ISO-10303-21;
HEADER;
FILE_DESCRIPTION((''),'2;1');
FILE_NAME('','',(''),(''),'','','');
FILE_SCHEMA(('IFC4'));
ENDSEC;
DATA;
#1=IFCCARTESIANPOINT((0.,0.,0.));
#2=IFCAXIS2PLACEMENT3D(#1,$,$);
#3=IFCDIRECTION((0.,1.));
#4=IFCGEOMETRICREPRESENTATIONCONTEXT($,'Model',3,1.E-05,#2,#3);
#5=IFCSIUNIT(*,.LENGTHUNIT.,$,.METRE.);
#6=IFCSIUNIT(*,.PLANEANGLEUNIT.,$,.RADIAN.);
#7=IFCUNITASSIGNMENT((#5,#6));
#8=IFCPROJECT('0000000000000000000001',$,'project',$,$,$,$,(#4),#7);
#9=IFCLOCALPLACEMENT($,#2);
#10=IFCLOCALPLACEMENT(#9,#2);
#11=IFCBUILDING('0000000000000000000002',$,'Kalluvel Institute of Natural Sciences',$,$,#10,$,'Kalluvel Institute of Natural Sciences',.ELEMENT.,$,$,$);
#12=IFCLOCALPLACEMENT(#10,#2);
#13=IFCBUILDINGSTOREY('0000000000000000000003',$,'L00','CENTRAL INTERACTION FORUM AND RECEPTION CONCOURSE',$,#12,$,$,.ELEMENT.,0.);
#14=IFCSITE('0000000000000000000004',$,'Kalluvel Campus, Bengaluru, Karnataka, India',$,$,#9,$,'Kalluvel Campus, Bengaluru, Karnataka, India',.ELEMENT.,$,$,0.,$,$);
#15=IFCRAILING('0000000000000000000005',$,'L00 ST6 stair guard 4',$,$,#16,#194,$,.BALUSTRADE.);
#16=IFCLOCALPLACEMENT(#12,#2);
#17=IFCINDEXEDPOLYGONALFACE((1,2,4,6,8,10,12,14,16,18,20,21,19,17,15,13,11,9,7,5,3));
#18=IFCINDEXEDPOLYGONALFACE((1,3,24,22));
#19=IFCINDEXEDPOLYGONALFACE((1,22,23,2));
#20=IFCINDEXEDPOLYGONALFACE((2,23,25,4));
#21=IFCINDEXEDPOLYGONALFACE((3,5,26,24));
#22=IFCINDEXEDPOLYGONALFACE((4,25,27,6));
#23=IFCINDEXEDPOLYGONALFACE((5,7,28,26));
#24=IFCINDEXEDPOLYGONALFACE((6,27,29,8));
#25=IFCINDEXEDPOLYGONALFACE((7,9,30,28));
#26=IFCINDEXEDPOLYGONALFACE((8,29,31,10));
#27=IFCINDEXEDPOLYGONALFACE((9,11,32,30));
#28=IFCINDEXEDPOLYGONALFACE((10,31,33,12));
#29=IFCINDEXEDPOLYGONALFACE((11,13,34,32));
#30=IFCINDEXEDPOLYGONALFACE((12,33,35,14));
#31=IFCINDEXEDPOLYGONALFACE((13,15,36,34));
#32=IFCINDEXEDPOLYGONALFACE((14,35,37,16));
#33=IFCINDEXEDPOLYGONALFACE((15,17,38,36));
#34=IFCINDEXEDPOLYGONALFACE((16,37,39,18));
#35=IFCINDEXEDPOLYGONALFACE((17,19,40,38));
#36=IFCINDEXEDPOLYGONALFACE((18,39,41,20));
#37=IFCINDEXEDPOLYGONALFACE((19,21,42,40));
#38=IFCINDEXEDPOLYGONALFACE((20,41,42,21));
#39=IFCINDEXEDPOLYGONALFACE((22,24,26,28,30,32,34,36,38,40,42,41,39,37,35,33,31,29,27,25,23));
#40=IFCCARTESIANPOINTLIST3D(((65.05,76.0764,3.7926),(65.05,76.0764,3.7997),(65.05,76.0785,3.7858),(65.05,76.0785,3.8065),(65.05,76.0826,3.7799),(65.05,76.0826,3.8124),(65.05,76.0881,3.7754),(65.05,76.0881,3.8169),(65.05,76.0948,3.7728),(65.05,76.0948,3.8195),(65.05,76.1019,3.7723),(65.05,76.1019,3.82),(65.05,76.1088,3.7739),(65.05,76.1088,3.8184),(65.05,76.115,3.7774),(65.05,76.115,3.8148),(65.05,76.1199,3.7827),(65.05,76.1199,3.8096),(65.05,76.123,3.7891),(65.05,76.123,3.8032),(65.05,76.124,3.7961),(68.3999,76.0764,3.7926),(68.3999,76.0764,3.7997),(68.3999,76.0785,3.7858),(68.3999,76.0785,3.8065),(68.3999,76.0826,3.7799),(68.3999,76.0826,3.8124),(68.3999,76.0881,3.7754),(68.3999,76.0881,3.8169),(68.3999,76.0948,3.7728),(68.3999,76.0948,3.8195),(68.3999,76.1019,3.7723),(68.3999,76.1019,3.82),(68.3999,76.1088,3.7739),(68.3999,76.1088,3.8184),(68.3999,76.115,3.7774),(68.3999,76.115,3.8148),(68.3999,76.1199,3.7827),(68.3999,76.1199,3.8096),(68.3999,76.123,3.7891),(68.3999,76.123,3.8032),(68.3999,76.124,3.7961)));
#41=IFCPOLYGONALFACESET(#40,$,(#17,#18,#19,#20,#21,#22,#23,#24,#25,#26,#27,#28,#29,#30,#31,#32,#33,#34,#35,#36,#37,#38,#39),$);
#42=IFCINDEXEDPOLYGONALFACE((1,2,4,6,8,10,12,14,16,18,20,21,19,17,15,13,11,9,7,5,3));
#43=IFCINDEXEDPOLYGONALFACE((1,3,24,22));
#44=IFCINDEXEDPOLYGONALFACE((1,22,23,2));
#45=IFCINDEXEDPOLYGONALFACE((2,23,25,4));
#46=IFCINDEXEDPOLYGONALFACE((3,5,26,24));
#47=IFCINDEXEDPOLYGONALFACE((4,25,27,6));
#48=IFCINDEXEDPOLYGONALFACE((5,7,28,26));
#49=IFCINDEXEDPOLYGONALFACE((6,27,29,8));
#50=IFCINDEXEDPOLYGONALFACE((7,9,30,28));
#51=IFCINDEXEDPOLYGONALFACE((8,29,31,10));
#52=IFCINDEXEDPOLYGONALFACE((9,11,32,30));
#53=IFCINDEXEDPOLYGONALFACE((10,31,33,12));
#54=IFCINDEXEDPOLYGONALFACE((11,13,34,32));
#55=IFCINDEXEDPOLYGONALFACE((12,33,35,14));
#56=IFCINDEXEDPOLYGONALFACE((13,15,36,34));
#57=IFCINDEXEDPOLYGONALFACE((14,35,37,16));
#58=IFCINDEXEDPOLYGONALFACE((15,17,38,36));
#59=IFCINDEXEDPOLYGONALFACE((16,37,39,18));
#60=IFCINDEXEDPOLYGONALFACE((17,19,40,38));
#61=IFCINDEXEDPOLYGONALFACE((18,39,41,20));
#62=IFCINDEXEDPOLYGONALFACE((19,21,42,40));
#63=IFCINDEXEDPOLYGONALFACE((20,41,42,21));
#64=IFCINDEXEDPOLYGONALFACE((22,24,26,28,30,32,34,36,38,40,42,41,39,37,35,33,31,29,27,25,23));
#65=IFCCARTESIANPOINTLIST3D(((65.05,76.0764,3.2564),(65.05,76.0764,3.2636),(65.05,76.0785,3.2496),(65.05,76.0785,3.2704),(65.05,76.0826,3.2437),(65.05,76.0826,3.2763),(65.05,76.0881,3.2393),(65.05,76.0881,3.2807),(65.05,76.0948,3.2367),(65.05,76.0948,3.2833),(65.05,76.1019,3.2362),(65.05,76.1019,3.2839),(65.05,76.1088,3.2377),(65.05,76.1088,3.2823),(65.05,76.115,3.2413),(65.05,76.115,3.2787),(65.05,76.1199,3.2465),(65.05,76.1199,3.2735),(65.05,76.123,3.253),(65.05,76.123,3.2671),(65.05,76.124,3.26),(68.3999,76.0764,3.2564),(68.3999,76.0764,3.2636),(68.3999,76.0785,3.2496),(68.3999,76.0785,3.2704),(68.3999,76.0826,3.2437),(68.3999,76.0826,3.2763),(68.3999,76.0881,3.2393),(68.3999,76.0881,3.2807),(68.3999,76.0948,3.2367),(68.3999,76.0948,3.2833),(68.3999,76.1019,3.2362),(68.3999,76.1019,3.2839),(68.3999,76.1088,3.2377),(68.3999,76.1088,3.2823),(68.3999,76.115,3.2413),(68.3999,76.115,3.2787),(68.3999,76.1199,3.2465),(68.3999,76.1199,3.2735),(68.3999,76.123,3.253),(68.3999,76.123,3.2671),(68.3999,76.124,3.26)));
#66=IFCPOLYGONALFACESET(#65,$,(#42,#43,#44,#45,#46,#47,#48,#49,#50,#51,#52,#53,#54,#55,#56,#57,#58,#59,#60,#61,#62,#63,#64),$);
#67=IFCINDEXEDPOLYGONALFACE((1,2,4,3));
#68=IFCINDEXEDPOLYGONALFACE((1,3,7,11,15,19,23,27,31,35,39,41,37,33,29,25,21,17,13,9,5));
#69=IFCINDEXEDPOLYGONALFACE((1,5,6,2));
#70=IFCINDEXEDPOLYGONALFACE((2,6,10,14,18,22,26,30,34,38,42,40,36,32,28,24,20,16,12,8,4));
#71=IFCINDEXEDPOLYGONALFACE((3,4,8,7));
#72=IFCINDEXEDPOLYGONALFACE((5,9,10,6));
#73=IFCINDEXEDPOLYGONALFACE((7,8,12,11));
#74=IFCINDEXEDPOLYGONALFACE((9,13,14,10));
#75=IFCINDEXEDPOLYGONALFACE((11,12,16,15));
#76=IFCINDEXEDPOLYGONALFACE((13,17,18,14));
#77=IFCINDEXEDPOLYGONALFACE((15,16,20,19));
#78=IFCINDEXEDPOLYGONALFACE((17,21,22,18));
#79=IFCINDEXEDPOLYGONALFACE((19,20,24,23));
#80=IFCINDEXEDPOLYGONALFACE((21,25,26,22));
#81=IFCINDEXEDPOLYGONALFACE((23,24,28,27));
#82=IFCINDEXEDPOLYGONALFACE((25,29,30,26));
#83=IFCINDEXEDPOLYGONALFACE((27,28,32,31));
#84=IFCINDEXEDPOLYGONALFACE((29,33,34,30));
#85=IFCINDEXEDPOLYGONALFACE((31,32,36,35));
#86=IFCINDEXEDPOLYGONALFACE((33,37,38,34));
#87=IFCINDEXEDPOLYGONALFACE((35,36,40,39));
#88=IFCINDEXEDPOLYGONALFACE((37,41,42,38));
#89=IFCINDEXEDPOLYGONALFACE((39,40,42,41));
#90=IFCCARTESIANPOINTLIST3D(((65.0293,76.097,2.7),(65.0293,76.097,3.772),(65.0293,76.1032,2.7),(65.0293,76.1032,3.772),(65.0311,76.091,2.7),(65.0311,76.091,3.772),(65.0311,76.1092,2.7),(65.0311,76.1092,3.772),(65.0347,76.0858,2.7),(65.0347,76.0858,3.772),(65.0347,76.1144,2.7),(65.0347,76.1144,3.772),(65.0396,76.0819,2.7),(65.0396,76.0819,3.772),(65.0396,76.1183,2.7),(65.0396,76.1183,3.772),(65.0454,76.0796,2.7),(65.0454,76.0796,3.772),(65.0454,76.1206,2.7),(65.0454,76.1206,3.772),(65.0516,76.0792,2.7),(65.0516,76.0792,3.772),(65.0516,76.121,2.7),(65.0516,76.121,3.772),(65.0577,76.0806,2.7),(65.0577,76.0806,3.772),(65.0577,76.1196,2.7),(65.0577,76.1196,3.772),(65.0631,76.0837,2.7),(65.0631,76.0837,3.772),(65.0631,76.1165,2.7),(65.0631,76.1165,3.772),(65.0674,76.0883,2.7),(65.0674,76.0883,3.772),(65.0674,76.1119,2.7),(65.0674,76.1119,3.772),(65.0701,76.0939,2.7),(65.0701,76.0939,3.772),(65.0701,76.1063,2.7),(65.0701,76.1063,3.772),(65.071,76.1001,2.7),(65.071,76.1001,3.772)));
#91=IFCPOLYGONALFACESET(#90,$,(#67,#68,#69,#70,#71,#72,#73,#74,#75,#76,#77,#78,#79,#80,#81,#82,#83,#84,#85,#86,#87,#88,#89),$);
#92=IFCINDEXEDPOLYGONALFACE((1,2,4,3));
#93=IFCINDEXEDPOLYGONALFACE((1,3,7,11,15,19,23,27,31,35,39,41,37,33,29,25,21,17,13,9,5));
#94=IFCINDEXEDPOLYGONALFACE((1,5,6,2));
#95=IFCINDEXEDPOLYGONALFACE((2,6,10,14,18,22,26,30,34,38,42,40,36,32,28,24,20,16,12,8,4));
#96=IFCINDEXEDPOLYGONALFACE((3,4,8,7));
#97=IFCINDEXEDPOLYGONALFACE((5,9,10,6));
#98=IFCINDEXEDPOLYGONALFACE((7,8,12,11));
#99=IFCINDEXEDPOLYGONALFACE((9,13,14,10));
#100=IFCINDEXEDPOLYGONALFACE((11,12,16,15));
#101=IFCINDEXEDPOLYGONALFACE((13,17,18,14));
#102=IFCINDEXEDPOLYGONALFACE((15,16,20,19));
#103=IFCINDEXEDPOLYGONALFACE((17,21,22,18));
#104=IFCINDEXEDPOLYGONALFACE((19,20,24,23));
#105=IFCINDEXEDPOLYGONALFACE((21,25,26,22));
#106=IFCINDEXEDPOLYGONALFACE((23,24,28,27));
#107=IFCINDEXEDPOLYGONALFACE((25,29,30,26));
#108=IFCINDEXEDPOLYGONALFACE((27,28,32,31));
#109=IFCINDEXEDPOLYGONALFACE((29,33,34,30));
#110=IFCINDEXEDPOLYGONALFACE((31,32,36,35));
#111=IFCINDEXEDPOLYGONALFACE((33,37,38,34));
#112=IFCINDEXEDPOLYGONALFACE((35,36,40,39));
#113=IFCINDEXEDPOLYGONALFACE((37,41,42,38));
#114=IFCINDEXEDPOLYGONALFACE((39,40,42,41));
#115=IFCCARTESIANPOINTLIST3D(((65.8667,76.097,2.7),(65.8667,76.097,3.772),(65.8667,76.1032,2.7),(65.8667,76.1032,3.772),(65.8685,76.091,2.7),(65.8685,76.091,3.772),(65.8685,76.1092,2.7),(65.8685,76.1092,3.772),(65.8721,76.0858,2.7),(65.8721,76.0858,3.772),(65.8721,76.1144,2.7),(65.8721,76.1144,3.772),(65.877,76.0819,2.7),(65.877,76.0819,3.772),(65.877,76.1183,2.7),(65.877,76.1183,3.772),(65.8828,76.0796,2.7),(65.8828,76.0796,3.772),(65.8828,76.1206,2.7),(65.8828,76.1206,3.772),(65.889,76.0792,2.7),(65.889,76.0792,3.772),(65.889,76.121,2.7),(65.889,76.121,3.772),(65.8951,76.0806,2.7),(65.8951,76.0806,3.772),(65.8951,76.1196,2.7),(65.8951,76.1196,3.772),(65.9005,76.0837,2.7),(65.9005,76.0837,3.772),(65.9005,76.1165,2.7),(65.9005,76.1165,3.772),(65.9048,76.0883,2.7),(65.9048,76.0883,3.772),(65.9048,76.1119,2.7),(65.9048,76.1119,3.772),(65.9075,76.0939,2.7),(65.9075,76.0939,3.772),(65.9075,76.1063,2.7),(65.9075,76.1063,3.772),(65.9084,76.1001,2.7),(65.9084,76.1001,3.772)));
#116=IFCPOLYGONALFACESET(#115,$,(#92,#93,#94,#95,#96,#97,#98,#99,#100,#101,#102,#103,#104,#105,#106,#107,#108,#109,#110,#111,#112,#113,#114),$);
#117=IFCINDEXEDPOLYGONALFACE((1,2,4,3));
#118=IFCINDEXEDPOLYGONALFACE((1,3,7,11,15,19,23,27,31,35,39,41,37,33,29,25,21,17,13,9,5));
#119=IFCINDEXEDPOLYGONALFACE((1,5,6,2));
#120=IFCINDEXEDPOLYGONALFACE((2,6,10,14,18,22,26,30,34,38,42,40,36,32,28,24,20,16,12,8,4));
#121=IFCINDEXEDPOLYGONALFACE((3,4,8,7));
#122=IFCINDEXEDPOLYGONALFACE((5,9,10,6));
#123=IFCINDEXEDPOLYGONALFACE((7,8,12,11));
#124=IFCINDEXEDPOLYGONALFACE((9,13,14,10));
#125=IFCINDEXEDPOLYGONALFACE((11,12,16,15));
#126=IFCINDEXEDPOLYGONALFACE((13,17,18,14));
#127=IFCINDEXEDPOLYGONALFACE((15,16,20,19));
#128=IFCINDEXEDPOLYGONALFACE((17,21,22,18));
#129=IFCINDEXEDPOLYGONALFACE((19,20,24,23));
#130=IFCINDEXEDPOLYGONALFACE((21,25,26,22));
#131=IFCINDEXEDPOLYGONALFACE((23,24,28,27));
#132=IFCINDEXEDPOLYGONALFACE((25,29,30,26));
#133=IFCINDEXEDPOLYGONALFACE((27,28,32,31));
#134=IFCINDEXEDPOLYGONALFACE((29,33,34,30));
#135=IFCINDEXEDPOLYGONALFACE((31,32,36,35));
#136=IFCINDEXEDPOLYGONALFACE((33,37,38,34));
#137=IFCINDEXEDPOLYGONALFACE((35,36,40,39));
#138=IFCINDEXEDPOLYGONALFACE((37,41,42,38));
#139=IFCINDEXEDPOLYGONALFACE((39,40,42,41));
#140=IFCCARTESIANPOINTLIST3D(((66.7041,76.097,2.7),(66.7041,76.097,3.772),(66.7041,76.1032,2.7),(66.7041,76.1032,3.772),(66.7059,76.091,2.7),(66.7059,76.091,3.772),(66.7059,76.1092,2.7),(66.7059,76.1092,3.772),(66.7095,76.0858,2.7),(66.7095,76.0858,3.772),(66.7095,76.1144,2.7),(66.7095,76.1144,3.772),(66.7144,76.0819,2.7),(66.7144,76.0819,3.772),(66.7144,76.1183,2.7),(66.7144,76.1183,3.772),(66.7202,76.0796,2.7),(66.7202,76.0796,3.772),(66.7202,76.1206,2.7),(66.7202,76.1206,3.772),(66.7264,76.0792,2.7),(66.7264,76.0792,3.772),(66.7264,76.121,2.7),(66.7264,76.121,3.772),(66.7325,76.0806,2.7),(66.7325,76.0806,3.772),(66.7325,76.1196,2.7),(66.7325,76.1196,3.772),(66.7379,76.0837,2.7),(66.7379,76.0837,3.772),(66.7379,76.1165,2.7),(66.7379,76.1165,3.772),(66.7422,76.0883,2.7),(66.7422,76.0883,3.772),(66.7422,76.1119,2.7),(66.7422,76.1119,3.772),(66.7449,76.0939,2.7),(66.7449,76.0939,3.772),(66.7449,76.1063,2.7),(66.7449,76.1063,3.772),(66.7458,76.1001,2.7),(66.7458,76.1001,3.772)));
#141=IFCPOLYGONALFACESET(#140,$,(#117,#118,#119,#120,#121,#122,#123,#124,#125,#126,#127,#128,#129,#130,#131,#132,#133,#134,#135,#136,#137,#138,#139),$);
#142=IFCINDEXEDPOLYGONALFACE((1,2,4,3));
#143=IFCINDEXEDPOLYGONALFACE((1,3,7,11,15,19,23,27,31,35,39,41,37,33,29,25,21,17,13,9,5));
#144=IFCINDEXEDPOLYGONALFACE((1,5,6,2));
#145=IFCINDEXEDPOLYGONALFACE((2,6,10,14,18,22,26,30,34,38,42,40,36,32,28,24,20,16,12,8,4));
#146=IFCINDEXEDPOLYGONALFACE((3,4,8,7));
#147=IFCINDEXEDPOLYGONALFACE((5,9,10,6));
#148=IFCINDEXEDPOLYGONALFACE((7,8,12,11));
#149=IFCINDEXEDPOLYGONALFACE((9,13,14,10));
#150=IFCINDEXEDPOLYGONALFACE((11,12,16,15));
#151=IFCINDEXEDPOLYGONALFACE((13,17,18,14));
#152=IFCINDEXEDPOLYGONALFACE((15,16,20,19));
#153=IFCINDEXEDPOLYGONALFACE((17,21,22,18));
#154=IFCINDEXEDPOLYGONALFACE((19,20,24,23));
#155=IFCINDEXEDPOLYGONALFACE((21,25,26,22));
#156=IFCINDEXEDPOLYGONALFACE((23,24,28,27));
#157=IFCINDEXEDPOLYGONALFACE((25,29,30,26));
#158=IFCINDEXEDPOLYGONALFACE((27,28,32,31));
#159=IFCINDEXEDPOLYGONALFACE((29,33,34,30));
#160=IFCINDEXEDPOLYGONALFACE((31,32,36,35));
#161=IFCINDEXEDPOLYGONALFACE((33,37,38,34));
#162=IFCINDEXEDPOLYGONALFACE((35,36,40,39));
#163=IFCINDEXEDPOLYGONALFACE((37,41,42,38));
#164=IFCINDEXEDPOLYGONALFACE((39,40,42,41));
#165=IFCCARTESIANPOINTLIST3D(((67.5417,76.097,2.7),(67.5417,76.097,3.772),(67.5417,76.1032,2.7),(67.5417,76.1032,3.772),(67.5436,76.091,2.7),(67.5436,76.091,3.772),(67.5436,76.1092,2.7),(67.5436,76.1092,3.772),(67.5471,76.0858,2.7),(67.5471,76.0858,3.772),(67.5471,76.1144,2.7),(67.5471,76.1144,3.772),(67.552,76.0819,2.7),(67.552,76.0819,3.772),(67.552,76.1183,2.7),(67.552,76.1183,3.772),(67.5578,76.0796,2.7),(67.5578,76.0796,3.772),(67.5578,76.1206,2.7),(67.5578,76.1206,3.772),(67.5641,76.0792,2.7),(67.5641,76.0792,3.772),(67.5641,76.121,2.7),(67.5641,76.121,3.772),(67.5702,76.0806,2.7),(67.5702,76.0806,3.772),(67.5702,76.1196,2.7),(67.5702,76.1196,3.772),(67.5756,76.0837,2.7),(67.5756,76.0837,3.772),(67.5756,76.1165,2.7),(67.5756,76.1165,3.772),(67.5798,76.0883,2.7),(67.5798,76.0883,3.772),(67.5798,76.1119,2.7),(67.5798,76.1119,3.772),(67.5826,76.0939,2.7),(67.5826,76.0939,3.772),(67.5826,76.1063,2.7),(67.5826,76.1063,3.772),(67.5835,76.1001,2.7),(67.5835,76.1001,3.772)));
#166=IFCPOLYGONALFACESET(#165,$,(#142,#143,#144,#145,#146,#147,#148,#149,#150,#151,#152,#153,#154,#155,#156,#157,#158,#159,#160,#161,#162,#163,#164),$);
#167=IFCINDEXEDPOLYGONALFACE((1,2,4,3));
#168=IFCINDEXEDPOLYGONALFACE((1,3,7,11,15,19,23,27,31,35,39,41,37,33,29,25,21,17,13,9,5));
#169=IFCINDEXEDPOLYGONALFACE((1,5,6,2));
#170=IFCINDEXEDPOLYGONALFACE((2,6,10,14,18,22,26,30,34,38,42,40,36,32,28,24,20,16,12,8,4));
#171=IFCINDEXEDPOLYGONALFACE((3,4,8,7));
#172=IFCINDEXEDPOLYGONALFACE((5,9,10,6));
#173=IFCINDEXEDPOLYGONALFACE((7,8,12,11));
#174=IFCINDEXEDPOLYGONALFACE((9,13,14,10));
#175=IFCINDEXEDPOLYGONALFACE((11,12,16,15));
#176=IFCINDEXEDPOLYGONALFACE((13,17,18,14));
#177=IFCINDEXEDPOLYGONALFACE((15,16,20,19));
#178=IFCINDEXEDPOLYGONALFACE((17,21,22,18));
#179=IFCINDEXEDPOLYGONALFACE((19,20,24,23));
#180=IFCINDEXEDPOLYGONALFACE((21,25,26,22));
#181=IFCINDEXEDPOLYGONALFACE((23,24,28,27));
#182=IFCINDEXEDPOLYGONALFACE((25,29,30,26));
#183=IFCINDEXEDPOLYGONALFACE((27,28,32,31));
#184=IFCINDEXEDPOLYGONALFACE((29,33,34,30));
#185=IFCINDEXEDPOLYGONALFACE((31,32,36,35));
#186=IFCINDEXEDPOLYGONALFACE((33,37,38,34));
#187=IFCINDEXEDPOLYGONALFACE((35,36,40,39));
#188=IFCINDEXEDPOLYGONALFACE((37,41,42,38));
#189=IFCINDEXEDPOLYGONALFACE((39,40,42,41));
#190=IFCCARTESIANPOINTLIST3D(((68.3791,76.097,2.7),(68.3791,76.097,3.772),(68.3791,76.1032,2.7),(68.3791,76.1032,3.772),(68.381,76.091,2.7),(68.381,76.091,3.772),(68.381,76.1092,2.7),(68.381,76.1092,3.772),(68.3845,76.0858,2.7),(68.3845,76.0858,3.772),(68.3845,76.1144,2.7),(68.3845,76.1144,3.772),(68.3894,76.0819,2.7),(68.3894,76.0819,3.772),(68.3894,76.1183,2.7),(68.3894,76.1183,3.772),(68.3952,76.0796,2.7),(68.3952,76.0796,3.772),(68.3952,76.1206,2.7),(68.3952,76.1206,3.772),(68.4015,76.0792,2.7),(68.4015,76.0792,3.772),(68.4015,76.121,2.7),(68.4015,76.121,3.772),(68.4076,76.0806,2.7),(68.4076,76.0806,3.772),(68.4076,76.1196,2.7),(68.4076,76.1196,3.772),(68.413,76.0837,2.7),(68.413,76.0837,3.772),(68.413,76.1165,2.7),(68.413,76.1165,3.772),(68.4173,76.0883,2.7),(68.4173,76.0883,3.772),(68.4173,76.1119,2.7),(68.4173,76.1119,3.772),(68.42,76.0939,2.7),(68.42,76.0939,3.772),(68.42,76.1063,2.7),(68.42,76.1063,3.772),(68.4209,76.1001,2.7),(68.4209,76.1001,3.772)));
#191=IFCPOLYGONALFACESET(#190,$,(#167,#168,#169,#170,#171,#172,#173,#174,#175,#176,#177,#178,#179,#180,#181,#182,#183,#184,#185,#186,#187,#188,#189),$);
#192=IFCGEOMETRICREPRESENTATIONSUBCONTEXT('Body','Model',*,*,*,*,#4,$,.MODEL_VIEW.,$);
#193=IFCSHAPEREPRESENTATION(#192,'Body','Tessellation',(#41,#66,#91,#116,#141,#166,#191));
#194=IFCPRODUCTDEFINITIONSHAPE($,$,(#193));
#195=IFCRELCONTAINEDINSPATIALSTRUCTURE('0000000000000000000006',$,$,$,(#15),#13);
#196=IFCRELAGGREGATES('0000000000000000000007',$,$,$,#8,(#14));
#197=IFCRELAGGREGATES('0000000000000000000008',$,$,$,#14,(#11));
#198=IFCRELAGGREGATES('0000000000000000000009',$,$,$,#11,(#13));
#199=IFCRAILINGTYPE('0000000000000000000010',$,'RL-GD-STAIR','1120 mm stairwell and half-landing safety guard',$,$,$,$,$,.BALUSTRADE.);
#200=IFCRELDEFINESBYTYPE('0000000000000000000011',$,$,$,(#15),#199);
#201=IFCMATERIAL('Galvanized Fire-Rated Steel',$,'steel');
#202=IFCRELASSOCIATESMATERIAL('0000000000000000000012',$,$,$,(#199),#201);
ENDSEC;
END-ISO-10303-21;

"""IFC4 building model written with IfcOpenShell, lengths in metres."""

from ifc_helpers import new_model, si_unit, direction, frame, origin, origin_2d, place, context, subcontext, project, spatial, circle, extrude, material, type_object, element, save


model = new_model("IFC4")

# Units and contexts
model_context = context("Model", 3, precision=1e-05, world=origin(), true_north=direction((0.0, 1.0)))
body_context = subcontext(model_context, "Body", "Model", "MODEL_VIEW")
ifc_project = project(units=[si_unit("LENGTHUNIT", "METRE"), si_unit("PLANEANGLEUNIT", "RADIAN")], contexts=[model_context])

# Site, building, storey
site_placement = place(None, origin())
site = spatial("IfcSite", under=ifc_project, at=site_placement, Name="Kalluvel Campus, Bengaluru, Karnataka, India", LongName="Kalluvel Campus, Bengaluru, Karnataka, India", CompositionType="ELEMENT", RefElevation=0.0)
building_placement = place(site_placement, origin())
building = spatial("IfcBuilding", under=site, at=building_placement, Name="Kalluvel Institute of Natural Sciences", LongName="Kalluvel Institute of Natural Sciences", CompositionType="ELEMENT")
storey_placement = place(building_placement, origin())
storey = spatial("IfcBuildingStorey", under=building, at=storey_placement, Name="L00", Description="CENTRAL INTERACTION FORUM AND RECEPTION CONCOURSE", CompositionType="ELEMENT", Elevation=0.0)

# Railing
ifc_material_1 = material(Name="Galvanized Fire-Rated Steel", Category="steel")
railing_type_1 = type_object("IfcRailingType", Name="RL-GD-STAIR", Description="1120 mm stairwell and half-landing safety guard", PredefinedType="BALUSTRADE", material=ifc_material_1)
railing_1_placement = place(storey_placement, frame((65.05, 76.1001, 2.7)))
element("IfcRailing", 1, at=railing_1_placement, inside=storey, type_object=railing_type_1, Name="L00 ST6 stair guard 4", PredefinedType="BALUSTRADE", context=body_context, shape_type="SweptSolid", body=[
    extrude(circle(Radius=0.0239, at=origin_2d()), frame((0.0, 0.0, 1.0962), z_axis=(1.0, 0.0, 0.0), x_axis=(0.0, 1.0, 0.0)), (0.0, 0.0, 1.0), 3.3499),
    extrude(circle(Radius=0.0239, at=origin_2d()), frame((0.0, 0.0, 0.5601), z_axis=(1.0, 0.0, 0.0), x_axis=(0.0, 1.0, 0.0)), (0.0, 0.0, 1.0), 3.3499),
    extrude(circle(Radius=0.021, at=origin_2d()), origin(), (0.0, 0.0, 1.0), 1.072),
    extrude(circle(Radius=0.021, at=origin_2d()), frame((0.8374, 0.0, 0.0)), (0.0, 0.0, 1.0), 1.072),
    extrude(circle(Radius=0.021, at=origin_2d()), frame((1.6748, 0.0, 0.0)), (0.0, 0.0, 1.0), 1.072),
    extrude(circle(Radius=0.021, at=origin_2d()), frame((2.5125, 0.0, 0.0)), (0.0, 0.0, 1.0), 1.072),
    extrude(circle(Radius=0.021, at=origin_2d()), frame((3.3499, 0.0, 0.0)), (0.0, 0.0, 1.0), 1.072),
])

save(model, "model.ifc")
